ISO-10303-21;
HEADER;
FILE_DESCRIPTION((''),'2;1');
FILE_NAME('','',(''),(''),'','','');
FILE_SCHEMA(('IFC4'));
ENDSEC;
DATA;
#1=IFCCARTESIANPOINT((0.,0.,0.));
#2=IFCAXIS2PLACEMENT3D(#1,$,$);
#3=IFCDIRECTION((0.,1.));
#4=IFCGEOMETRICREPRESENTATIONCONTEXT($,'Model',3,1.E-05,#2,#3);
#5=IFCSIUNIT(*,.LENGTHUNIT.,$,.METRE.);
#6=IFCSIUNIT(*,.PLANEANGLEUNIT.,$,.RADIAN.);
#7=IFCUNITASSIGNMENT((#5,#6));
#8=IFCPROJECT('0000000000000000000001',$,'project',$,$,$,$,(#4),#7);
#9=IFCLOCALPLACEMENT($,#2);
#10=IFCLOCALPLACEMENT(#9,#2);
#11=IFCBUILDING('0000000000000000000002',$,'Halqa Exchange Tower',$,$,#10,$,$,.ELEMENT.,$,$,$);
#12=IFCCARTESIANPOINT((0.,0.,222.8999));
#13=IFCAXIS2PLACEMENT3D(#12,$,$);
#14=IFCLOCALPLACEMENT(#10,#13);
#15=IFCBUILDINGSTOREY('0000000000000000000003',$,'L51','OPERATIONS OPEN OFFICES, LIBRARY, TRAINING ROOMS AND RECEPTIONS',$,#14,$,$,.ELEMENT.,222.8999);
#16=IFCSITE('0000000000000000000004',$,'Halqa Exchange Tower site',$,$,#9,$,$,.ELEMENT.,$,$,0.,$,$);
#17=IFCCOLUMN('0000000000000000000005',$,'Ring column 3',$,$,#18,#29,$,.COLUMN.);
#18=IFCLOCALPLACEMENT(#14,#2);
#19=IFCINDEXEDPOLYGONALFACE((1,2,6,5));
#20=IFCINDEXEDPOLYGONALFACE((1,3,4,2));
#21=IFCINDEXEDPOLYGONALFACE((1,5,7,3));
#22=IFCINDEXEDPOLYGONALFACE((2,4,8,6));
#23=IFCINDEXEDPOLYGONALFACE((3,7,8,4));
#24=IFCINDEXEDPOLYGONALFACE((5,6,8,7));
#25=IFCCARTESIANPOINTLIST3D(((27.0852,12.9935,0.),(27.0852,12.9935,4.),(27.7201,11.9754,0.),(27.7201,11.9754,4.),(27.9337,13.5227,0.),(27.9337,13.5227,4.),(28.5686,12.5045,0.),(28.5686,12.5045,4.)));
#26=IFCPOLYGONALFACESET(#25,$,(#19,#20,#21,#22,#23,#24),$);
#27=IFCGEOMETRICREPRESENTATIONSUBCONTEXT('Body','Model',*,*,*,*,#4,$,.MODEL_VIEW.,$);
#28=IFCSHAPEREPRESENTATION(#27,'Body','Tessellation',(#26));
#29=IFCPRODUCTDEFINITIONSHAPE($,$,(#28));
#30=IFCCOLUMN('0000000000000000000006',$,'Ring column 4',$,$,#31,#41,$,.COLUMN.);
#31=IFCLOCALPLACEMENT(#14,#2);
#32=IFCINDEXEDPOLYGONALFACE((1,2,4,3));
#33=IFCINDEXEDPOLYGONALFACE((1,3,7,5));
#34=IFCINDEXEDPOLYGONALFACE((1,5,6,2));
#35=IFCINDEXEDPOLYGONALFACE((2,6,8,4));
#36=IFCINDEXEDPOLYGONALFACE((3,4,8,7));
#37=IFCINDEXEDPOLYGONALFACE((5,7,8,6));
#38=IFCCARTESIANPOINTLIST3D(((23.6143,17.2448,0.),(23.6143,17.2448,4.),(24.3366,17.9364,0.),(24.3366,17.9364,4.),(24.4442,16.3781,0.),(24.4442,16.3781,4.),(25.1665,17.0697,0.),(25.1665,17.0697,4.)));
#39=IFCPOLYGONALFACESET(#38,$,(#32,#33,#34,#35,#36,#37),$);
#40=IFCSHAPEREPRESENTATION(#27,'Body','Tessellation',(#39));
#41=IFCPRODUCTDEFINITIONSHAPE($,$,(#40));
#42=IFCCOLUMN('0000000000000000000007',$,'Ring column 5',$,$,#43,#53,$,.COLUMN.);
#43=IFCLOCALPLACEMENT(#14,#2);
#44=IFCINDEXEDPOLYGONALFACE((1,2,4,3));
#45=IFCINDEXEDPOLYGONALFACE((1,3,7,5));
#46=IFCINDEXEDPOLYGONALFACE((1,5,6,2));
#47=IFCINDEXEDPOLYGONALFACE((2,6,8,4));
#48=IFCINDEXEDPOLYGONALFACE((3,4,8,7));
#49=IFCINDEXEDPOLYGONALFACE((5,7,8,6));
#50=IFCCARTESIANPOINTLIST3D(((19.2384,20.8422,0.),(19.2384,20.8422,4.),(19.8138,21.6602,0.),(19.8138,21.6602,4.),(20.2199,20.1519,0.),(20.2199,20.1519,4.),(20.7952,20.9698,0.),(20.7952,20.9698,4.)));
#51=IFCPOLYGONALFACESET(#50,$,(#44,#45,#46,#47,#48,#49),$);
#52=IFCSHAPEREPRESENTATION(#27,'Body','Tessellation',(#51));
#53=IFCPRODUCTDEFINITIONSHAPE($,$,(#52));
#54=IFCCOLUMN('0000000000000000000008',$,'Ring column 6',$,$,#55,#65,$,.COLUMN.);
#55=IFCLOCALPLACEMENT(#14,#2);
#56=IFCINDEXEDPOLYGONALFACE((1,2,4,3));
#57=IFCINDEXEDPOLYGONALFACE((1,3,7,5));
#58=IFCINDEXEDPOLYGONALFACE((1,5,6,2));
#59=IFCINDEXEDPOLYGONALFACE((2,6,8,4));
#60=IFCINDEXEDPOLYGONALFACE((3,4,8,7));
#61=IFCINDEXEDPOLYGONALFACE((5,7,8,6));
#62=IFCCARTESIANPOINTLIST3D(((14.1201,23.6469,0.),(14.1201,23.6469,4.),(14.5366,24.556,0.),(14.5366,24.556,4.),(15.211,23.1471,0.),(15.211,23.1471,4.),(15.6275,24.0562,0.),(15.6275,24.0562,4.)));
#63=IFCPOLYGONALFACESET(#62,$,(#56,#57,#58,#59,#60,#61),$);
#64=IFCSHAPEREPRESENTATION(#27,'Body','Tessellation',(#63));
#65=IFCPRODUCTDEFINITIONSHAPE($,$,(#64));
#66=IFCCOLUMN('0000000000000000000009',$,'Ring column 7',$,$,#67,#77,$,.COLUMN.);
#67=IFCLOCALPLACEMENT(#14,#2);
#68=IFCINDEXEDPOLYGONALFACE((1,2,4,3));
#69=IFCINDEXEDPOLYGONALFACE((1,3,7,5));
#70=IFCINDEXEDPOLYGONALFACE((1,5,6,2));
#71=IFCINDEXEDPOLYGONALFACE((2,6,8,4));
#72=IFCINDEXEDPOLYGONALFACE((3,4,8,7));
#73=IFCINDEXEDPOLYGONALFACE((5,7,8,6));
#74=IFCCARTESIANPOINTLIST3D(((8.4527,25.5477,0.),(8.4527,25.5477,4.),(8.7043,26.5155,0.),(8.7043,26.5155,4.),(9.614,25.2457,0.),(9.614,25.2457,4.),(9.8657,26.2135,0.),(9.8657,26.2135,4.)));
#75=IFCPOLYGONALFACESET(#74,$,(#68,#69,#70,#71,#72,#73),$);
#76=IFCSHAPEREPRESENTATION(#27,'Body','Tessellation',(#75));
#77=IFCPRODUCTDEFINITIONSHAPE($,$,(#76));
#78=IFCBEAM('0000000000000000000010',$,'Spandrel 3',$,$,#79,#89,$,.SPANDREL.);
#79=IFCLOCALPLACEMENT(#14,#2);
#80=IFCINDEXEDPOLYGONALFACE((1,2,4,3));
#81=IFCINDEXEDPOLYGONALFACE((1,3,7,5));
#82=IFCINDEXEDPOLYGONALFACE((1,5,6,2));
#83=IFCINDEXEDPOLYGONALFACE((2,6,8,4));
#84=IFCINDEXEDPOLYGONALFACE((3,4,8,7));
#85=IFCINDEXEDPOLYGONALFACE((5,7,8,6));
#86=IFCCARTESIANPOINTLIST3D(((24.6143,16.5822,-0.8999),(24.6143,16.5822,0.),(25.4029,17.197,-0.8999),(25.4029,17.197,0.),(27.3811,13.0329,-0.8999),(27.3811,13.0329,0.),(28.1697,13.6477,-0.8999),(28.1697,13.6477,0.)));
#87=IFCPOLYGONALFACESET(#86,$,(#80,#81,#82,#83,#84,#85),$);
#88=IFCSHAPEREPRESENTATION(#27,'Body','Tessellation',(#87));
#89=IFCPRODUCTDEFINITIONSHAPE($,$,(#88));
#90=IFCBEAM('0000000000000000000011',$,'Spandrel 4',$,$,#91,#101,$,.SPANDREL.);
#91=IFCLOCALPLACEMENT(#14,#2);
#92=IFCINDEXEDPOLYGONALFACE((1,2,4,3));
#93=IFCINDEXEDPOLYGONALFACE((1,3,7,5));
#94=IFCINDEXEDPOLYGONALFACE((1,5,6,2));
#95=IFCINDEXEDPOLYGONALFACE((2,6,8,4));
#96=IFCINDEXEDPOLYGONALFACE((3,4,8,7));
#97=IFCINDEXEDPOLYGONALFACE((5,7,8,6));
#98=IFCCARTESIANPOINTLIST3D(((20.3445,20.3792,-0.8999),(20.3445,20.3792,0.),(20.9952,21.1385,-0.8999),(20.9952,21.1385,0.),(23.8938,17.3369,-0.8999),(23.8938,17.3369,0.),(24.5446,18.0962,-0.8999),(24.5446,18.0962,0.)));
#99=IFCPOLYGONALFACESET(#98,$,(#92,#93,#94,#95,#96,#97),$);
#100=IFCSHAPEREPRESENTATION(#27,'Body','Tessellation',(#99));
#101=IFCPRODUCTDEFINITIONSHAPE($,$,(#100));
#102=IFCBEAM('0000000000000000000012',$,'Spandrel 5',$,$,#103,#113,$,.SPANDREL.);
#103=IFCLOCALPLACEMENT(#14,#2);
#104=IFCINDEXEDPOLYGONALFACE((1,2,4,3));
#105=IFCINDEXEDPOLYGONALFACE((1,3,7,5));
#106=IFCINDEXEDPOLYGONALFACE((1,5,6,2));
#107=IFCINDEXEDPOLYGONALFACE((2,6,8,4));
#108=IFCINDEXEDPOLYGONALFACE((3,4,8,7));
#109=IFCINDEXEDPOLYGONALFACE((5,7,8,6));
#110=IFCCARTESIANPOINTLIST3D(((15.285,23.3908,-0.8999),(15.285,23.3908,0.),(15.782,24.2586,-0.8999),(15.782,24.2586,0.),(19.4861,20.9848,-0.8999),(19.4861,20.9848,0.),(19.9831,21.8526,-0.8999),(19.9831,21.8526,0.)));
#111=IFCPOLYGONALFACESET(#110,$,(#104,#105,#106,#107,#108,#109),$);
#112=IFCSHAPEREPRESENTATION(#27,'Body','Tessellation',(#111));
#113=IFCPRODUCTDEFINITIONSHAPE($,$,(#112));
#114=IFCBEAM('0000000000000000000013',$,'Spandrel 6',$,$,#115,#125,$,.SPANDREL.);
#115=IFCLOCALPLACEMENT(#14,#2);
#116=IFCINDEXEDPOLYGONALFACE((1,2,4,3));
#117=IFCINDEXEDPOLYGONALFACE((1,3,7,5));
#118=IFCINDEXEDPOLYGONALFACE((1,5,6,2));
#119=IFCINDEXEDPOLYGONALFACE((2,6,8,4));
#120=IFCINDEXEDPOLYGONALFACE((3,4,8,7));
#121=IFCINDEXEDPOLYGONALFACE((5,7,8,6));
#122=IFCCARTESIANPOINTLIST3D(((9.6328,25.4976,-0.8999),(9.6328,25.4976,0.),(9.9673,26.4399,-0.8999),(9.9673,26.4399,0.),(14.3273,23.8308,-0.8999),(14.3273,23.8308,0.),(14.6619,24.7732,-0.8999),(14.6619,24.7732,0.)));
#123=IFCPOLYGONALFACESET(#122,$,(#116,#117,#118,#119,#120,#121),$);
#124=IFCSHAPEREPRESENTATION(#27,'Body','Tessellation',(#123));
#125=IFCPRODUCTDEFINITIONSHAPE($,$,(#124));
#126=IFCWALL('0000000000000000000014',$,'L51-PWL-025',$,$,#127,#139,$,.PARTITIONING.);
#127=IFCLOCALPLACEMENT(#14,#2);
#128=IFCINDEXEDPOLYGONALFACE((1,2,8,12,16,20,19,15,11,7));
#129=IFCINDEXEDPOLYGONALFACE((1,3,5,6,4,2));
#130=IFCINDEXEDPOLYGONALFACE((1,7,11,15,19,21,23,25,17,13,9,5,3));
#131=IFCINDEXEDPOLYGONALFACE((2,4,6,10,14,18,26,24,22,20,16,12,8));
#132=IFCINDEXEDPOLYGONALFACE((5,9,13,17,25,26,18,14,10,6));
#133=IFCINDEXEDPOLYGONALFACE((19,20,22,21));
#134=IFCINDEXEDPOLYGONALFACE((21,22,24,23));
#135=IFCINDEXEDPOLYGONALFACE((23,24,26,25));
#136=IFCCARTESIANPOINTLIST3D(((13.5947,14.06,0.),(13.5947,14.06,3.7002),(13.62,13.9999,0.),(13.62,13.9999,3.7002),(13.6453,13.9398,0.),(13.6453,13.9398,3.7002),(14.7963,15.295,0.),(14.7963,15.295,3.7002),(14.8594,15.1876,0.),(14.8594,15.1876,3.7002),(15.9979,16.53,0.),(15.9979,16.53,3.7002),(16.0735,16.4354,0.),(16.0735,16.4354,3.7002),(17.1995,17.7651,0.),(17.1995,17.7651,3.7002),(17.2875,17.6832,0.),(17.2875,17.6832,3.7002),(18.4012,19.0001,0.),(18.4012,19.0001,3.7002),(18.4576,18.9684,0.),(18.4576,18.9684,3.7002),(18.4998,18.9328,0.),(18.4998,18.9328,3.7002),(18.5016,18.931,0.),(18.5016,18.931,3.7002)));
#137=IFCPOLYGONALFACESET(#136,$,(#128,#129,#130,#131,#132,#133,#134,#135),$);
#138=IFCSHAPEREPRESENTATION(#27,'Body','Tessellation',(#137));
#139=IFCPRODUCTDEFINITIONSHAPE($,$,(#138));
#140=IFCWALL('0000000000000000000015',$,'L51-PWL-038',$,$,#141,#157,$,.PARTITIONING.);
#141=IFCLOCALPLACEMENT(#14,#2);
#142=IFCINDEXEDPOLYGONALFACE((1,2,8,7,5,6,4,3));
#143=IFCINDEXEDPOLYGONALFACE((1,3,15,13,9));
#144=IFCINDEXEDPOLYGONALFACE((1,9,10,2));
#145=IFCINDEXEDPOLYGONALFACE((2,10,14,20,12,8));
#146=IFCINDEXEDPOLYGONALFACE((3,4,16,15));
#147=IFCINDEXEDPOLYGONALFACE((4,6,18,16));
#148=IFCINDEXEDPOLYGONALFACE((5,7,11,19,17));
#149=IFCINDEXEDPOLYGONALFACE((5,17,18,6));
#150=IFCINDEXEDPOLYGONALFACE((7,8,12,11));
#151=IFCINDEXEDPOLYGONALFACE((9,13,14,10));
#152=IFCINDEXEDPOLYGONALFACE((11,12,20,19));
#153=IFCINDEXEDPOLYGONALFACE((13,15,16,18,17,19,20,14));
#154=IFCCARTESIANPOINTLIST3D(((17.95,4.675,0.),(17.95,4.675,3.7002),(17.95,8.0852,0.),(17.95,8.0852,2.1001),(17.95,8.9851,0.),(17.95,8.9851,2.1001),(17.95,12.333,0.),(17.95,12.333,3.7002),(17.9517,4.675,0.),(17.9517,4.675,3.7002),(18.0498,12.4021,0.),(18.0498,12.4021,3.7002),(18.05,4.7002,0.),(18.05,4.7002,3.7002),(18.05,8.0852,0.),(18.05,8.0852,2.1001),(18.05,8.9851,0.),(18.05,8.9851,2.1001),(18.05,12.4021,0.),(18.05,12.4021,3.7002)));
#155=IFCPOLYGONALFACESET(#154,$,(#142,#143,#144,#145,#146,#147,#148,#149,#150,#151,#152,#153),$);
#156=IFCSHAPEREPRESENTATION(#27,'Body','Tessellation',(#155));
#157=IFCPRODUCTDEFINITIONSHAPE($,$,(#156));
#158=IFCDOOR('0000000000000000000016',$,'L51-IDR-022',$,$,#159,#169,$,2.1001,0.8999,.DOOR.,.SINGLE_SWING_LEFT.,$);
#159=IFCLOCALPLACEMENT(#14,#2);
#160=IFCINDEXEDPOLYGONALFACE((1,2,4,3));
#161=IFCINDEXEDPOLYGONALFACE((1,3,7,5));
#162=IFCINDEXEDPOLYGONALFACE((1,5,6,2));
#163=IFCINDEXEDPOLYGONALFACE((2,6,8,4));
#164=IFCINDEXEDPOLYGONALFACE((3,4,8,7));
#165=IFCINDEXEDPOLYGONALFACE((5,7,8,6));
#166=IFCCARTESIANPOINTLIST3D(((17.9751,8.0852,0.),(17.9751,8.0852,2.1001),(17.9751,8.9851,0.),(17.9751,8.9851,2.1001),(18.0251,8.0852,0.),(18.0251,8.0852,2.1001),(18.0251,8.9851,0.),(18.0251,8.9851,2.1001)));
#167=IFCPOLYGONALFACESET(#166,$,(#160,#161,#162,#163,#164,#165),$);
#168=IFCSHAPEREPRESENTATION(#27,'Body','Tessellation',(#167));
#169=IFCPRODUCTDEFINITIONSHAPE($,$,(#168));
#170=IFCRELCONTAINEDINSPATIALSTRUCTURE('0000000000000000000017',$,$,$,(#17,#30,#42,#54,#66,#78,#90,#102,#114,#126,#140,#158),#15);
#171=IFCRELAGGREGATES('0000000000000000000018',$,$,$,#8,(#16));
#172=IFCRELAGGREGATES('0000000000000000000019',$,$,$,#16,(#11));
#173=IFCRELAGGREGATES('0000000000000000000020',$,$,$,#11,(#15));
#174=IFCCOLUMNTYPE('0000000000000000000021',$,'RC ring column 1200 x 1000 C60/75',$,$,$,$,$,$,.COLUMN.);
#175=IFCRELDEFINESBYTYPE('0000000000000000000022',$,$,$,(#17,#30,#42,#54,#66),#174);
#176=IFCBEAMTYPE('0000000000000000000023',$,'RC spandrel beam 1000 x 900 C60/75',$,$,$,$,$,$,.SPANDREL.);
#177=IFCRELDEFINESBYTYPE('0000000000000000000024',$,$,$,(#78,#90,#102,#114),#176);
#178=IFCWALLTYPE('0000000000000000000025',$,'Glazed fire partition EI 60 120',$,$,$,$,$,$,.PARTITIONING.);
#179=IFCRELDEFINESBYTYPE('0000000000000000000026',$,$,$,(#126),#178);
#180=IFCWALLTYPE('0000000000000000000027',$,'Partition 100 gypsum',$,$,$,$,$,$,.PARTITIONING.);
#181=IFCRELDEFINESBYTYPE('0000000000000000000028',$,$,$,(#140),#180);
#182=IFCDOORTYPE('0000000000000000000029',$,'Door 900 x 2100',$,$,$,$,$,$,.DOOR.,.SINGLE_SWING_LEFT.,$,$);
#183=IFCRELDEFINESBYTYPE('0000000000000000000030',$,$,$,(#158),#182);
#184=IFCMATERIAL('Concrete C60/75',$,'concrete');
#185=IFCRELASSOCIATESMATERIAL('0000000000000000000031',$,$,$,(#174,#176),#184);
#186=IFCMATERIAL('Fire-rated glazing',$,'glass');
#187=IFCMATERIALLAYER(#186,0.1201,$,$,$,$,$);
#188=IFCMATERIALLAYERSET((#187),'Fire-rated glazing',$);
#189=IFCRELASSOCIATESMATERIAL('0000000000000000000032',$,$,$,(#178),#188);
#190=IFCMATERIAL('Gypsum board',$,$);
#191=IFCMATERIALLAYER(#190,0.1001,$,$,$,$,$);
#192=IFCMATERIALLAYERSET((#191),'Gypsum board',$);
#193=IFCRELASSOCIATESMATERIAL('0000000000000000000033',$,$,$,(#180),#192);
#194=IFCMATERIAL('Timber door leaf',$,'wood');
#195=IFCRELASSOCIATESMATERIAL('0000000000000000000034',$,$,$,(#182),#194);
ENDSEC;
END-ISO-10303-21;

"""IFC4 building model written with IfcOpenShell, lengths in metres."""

from ifc_helpers import new_model, si_unit, direction, frame, frame_2d, origin, origin_2d, place, context, subcontext, project, spatial, polyline, rectangle, outline, extrude, material, layer, layer_set, material_profile, profile_set, type_object, element, fill, save


model = new_model("IFC4")

# Units and contexts
model_context = context("Model", 3, precision=1e-05, world=origin(), true_north=direction((0.0, 1.0)))
body_context = subcontext(model_context, "Body", "Model", "MODEL_VIEW")
ifc_project = project(units=[si_unit("LENGTHUNIT", "METRE"), si_unit("PLANEANGLEUNIT", "RADIAN")], contexts=[model_context])

# Site, building, storey
site_placement = place(None, origin())
site = spatial("IfcSite", under=ifc_project, at=site_placement, Name="Halqa Exchange Tower site", CompositionType="ELEMENT", RefElevation=0.0)
building_placement = place(site_placement, origin())
building = spatial("IfcBuilding", under=site, at=building_placement, Name="Halqa Exchange Tower", CompositionType="ELEMENT")
storey_placement = place(building_placement, frame((0.0, 0.0, 222.8999)))
storey = spatial("IfcBuildingStorey", under=building, at=storey_placement, Name="L51", Description="OPERATIONS OPEN OFFICES, LIBRARY, TRAINING ROOMS AND RECEPTIONS", CompositionType="ELEMENT", Elevation=222.8999)

# Columns
ifc_material_1 = material(Name="Concrete C60/75", Category="concrete")
ifc_material_profile_1 = material_profile(ifc_material_1, rectangle(XDim=1.2, YDim=1.0, at=origin_2d()), Name="1200 x 1000")
ifc_profile_set_1 = profile_set([ifc_material_profile_1], Name="Concrete C60/75")
column_type = type_object("IfcColumnType", Name="RC ring column 1200 x 1000 C60/75", PredefinedType="COLUMN", material=ifc_profile_set_1)
for number, where, z_axis, x_axis, name in (
    (1, (27.8269, 12.749, 0.0), (0.0, 0.0, 1.0), (-0.529146, 0.848531, 0.0), "Ring column 3"),
    (2, (24.3904, 17.1572, 0.0), (0.0, 0.0, 1.0), (-0.691576, 0.722304, 0.0), "Ring column 4"),
    (3, (20.0168, 20.906, 0.0), (0.0, 0.0, 1.0), (-0.817909, 0.575348, 0.0), "Ring column 5"),
    (4, (14.8738, 23.8516, 0.0), (0.0, 0.0, 1.0), (-0.909129, 0.416516, 0.0), "Ring column 6"),
    (5, (9.1592, 25.8806, 0.0), (0.0, 0.0, 1.0), (-0.967818, 0.25165, 0.0), "Ring column 7"),
):
    element("IfcColumn", number, at=place(storey_placement, frame(where, z_axis=z_axis, x_axis=x_axis)), inside=storey, type_object=column_type, Name=name, PredefinedType="COLUMN", context=body_context, shape_type="SweptSolid", body=[
        extrude(rectangle(XDim=1.2, YDim=1.0, at=origin_2d()), origin(), (0.0, 0.0, 1.0), 4.0),
    ])

# Beams
ifc_material_profile_2 = material_profile(ifc_material_1, rectangle(XDim=1.0, YDim=0.8999, at=origin_2d()), Name="1000 x 900")
ifc_profile_set_2 = profile_set([ifc_material_profile_2], Name="Concrete C60/75")
beam_type = type_object("IfcBeamType", Name="RC spandrel beam 1000 x 900 C60/75", PredefinedType="SPANDREL", material=ifc_profile_set_2)
beam_1_placement = place(storey_placement, frame((27.7754, 13.3403, -0.45), z_axis=(-0.614808, 0.788677, 0.0), x_axis=(-0.788677, -0.614808, 0.0)))
element("IfcBeam", 6, at=beam_1_placement, inside=storey, type_object=beam_type, Name="Spandrel 3", PredefinedType="SPANDREL", context=body_context, shape_type="SweptSolid", body=[
    extrude(rectangle(XDim=1.0, YDim=0.8999, at=origin_2d()), origin(), (0.0, 0.0, 1.0), 4.5002),
])
beam_2_placement = place(storey_placement, frame((24.2192, 17.7166, -0.45), z_axis=(-0.75926, 0.650787, 0.0), x_axis=(-0.650787, -0.75926, 0.0)))
element("IfcBeam", 7, at=beam_2_placement, inside=storey, type_object=beam_type, Name="Spandrel 4", PredefinedType="SPANDREL", context=body_context, shape_type="SweptSolid", body=[
    extrude(rectangle(XDim=1.0, YDim=0.8999, at=origin_2d()), origin(), (0.0, 0.0, 1.0), 4.6748),
])
beam_3_placement = place(storey_placement, frame((19.7346, 21.4187, -0.45), z_axis=(-0.867768, 0.49697, 0.0), x_axis=(-0.49697, -0.867768, 0.0)))
element("IfcBeam", 8, at=beam_3_placement, inside=storey, type_object=beam_type, Name="Spandrel 5", PredefinedType="SPANDREL", context=body_context, shape_type="SweptSolid", body=[
    extrude(rectangle(XDim=1.0, YDim=0.8999, at=origin_2d()), origin(), (0.0, 0.0, 1.0), 4.8413),
])
beam_4_placement = place(storey_placement, frame((14.4946, 24.302, -0.45), z_axis=(-0.942369, 0.334576, 0.0), x_axis=(-0.334576, -0.942369, 0.0)))
element("IfcBeam", 9, at=beam_4_placement, inside=storey, type_object=beam_type, Name="Spandrel 6", PredefinedType="SPANDREL", context=body_context, shape_type="SweptSolid", body=[
    extrude(rectangle(XDim=1.0, YDim=0.8999, at=origin_2d()), origin(), (0.0, 0.0, 1.0), 4.9817),
])

# Wall
ifc_material_2 = material(Name="Fire-rated glazing", Category="glass")
ifc_layer_1 = layer(ifc_material_2, 0.1201)
ifc_layer_set_1 = layer_set([ifc_layer_1], Name="Fire-rated glazing")
wall_type_1 = type_object("IfcWallType", Name="Glazed fire partition EI 60 120", PredefinedType="PARTITIONING", material=ifc_layer_set_1)
wall_1_placement = place(storey_placement, frame((13.6023, 13.9817, 0.0), z_axis=(0.0, 0.0, 1.0), x_axis=(0.697347, 0.716734, 0.0)))
element("IfcWall", 10, at=wall_1_placement, inside=storey, type_object=wall_type_1, Name="L51-PWL-025", PredefinedType="PARTITIONING", context=body_context, shape_type="SweptSolid", body=[
    extrude(outline(polyline([(6.9639, -0.0601), (6.9639, -0.0576), (6.96, -0.0024), (6.9434, 0.0601), (5.2202, 0.0601), (3.4971, 0.0601), (1.7739, 0.0601), (0.0508, 0.0601), (0.0508, 0.0601), (0.0254, 0.0), (0.0, -0.0601), (1.741, -0.0601), (3.4819, -0.0601), (5.2229, -0.0601), (6.9639, -0.0601)])), origin(), (0.0, 0.0, 1.0), 3.7002),
])

# Wall, opening, door
ifc_material_3 = material(Name="Gypsum board")
ifc_layer_2 = layer(ifc_material_3, 0.1001)
ifc_layer_set_2 = layer_set([ifc_layer_2], Name="Gypsum board")
wall_type_2 = type_object("IfcWallType", Name="Partition 100 gypsum", PredefinedType="PARTITIONING", material=ifc_layer_set_2)
wall_2_placement = place(storey_placement, frame((18.0, 12.4021, 0.0), z_axis=(0.0, 0.0, 1.0), x_axis=(0.0, -1.0, 0.0)))
wall_2 = element("IfcWall", 11, at=wall_2_placement, inside=storey, type_object=wall_type_2, Name="L51-PWL-038", PredefinedType="PARTITIONING", context=body_context, shape_type="SweptSolid", body=[
    extrude(outline(polyline([(7.7271, -0.05), (7.7271, -0.0483), (7.7019, 0.05), (5.7764, 0.05), (3.8508, 0.05), (1.9255, 0.05), (0.0, 0.05), (0.0, 0.0498), (0.0691, -0.05), (1.9836, -0.05), (3.8979, -0.05), (5.8125, -0.05), (7.7271, -0.05)])), origin(), (0.0, 0.0, 1.0), 3.7002),
])
opening_1_placement = place(wall_2_placement, frame((3.417, 0.0, 0.0)))
opening_1 = element("IfcOpeningElement", 12, at=opening_1_placement, cuts=wall_2, PredefinedType="OPENING", context=body_context, shape_type="SweptSolid", body=[
    extrude(rectangle(XDim=0.8999, YDim=2.1001, at=frame_2d((0.45, 1.05))), frame((0.0, 0.062, 0.0), z_axis=(0.0, -1.0, 0.0), x_axis=(1.0, 0.0, 0.0)), (0.0, 0.0, 1.0), 0.124),
])
ifc_material_4 = material(Name="Timber door leaf", Category="wood")
door_type_1 = type_object("IfcDoorType", Name="Door 900 x 2100", OperationType="SINGLE_SWING_LEFT", PredefinedType="DOOR", material=ifc_material_4)
door_1_placement = place(opening_1_placement, frame((0.8999, 0.0, 0.0), z_axis=(0.0, 0.0, 1.0), x_axis=(-1.0, 0.0, 0.0)))
door_1 = element("IfcDoor", 13, at=door_1_placement, inside=storey, type_object=door_type_1, Name="L51-IDR-022", OperationType="SINGLE_SWING_LEFT", OverallHeight=2.1001, OverallWidth=0.8999, PredefinedType="DOOR", context=body_context, shape_type="SweptSolid", body=[
    extrude(rectangle(XDim=0.8999, YDim=2.1001, at=frame_2d((0.45, 1.05))), frame((0.0, 0.0249, 0.0), z_axis=(0.0, -1.0, 0.0), x_axis=(1.0, 0.0, 0.0)), (0.0, 0.0, 1.0), 0.05),
])
fill(opening_1, door_1)

save(model, "model.ifc")
